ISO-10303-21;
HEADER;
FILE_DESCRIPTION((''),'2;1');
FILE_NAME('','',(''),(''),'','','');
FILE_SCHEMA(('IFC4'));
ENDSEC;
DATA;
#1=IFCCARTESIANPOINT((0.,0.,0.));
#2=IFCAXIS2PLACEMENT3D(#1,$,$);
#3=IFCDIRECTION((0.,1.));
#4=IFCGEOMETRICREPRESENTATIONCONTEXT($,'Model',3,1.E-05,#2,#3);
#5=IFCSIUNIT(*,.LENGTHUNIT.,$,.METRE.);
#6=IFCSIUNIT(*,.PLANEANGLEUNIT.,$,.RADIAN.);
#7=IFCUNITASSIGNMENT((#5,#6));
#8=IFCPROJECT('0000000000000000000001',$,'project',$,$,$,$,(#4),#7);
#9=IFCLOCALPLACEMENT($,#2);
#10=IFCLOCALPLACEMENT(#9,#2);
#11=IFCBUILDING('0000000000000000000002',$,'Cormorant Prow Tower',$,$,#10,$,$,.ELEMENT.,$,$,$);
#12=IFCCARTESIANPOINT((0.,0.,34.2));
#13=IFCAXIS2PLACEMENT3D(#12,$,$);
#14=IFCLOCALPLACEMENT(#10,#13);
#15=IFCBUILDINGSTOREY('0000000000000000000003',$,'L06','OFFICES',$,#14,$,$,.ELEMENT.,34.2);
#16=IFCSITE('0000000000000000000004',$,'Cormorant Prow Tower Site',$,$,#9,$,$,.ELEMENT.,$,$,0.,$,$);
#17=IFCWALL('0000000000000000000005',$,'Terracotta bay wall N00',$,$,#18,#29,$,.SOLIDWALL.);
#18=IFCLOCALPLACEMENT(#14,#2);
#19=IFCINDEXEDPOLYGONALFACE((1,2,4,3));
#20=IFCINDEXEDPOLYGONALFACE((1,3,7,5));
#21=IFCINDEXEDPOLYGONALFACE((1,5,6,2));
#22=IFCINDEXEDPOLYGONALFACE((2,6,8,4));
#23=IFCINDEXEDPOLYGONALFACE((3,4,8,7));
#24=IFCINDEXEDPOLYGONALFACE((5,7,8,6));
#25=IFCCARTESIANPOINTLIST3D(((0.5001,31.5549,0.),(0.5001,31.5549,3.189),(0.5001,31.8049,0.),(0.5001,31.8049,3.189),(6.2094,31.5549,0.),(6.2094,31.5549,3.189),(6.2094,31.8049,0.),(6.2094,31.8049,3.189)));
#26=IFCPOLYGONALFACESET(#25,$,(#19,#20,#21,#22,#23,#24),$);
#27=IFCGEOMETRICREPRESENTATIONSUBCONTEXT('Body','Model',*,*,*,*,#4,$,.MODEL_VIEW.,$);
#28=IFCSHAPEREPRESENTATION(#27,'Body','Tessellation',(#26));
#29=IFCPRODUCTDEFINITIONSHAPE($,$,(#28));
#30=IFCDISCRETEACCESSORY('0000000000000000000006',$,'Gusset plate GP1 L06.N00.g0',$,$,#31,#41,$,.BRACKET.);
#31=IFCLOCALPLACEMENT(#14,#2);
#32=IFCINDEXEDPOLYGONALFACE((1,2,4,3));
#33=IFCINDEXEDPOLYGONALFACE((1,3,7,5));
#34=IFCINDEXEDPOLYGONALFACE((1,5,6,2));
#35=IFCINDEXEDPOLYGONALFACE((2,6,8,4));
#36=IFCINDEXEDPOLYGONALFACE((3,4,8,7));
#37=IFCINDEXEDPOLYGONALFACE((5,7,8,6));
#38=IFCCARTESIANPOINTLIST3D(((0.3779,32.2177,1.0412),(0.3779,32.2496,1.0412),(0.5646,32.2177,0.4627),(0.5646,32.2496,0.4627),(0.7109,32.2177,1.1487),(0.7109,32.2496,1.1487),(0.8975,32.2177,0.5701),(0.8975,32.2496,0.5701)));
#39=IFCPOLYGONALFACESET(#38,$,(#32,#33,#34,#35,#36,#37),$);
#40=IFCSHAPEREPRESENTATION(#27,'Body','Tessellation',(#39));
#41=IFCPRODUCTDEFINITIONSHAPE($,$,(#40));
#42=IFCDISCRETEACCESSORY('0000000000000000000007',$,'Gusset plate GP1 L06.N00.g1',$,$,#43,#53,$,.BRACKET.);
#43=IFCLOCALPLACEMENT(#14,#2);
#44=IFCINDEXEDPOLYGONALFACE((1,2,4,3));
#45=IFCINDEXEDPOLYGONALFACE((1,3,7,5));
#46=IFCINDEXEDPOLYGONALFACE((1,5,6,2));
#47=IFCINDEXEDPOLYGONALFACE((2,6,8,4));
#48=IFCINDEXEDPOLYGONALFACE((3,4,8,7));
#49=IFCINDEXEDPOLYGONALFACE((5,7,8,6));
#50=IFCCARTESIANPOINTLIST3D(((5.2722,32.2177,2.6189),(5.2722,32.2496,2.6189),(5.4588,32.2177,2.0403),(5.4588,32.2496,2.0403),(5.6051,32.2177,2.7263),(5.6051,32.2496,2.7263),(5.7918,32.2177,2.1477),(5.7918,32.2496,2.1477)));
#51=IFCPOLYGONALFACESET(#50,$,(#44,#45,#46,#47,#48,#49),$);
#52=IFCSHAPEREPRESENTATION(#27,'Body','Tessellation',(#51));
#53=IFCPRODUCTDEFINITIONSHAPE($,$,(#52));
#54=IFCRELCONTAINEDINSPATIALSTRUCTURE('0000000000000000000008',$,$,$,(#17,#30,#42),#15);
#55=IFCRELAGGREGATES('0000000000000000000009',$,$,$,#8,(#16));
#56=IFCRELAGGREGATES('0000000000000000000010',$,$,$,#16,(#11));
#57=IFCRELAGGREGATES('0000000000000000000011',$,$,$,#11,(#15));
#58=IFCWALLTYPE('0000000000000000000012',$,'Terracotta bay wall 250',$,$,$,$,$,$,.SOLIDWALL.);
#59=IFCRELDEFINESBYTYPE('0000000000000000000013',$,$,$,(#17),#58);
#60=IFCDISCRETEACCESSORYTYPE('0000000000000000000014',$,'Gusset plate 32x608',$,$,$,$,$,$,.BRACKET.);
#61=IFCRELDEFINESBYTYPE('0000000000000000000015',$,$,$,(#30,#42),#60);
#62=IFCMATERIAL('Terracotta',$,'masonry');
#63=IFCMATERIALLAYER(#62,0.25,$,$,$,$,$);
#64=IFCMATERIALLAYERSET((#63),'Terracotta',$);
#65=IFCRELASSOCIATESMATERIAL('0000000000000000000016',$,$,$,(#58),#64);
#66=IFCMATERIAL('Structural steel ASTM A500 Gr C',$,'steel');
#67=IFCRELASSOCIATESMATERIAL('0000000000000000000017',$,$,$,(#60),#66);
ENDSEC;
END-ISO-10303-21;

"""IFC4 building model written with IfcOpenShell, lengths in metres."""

from ifc_helpers import new_model, si_unit, direction, frame, frame_2d, origin, origin_2d, place, context, subcontext, project, spatial, rectangle, extrude, material, layer, layer_set, material_profile, profile_set, type_object, element, save


model = new_model("IFC4")

# Units and contexts
model_context = context("Model", 3, precision=1e-05, world=origin(), true_north=direction((0.0, 1.0)))
body_context = subcontext(model_context, "Body", "Model", "MODEL_VIEW")
ifc_project = project(units=[si_unit("LENGTHUNIT", "METRE"), si_unit("PLANEANGLEUNIT", "RADIAN")], contexts=[model_context])

# Site, building, storey
site_placement = place(None, origin())
site = spatial("IfcSite", under=ifc_project, at=site_placement, Name="Cormorant Prow Tower Site", CompositionType="ELEMENT", RefElevation=0.0)
building_placement = place(site_placement, origin())
building = spatial("IfcBuilding", under=site, at=building_placement, Name="Cormorant Prow Tower", CompositionType="ELEMENT")
storey_placement = place(building_placement, frame((0.0, 0.0, 34.2)))
storey = spatial("IfcBuildingStorey", under=building, at=storey_placement, Name="L06", Description="OFFICES", CompositionType="ELEMENT", Elevation=34.2)

# Wall
ifc_material_1 = material(Name="Terracotta", Category="masonry")
ifc_layer_1 = layer(ifc_material_1, 0.25)
ifc_layer_set_1 = layer_set([ifc_layer_1], Name="Terracotta")
wall_type_1 = type_object("IfcWallType", Name="Terracotta bay wall 250", PredefinedType="SOLIDWALL", material=ifc_layer_set_1)
wall_1_placement = place(storey_placement, frame((6.2092, 31.6799, 0.0), z_axis=(0.0, 0.0, 1.0), x_axis=(-1.0, 0.0, 0.0)))
element("IfcWall", 1, at=wall_1_placement, inside=storey, type_object=wall_type_1, Name="Terracotta bay wall N00", PredefinedType="SOLIDWALL", context=body_context, shape_type="SweptSolid", body=[
    extrude(rectangle(XDim=5.7092, YDim=0.25, at=frame_2d((2.8545, 0.0))), origin(), (0.0, 0.0, 1.0), 3.189),
])

# Discrete accessories
ifc_material_2 = material(Name="Structural steel ASTM A500 Gr C", Category="steel")
ifc_material_profile_1 = material_profile(ifc_material_2, rectangle(XDim=0.032, YDim=0.6079, at=origin_2d()), Name="Gusset plate 32x608")
ifc_profile_set_1 = profile_set([ifc_material_profile_1], Name="Structural steel ASTM A500 Gr C")
discrete_accessory_type = type_object("IfcDiscreteAccessoryType", Name="Gusset plate 32x608", PredefinedType="BRACKET", material=ifc_profile_set_1)
for number, where, z_axis, x_axis, name in (
    (2, (0.8042, 32.2336, 0.8594), (-0.951709, 0.0, -0.307003), (0.0, -1.0, 0.0), "Gusset plate GP1 L06.N00.g0"),
    (3, (5.3655, 32.2336, 2.3296), (0.951709, 0.0, 0.307003), (0.0, 1.0, 0.0), "Gusset plate GP1 L06.N00.g1"),
):
    element("IfcDiscreteAccessory", number, at=place(storey_placement, frame(where, z_axis=z_axis, x_axis=x_axis)), inside=storey, type_object=discrete_accessory_type, Name=name, PredefinedType="BRACKET", context=body_context, shape_type="SweptSolid", body=[
        extrude(rectangle(XDim=0.032, YDim=0.6079, at=origin_2d()), origin(), (0.0, 0.0, 1.0), 0.3499),
    ])

save(model, "model.ifc")
